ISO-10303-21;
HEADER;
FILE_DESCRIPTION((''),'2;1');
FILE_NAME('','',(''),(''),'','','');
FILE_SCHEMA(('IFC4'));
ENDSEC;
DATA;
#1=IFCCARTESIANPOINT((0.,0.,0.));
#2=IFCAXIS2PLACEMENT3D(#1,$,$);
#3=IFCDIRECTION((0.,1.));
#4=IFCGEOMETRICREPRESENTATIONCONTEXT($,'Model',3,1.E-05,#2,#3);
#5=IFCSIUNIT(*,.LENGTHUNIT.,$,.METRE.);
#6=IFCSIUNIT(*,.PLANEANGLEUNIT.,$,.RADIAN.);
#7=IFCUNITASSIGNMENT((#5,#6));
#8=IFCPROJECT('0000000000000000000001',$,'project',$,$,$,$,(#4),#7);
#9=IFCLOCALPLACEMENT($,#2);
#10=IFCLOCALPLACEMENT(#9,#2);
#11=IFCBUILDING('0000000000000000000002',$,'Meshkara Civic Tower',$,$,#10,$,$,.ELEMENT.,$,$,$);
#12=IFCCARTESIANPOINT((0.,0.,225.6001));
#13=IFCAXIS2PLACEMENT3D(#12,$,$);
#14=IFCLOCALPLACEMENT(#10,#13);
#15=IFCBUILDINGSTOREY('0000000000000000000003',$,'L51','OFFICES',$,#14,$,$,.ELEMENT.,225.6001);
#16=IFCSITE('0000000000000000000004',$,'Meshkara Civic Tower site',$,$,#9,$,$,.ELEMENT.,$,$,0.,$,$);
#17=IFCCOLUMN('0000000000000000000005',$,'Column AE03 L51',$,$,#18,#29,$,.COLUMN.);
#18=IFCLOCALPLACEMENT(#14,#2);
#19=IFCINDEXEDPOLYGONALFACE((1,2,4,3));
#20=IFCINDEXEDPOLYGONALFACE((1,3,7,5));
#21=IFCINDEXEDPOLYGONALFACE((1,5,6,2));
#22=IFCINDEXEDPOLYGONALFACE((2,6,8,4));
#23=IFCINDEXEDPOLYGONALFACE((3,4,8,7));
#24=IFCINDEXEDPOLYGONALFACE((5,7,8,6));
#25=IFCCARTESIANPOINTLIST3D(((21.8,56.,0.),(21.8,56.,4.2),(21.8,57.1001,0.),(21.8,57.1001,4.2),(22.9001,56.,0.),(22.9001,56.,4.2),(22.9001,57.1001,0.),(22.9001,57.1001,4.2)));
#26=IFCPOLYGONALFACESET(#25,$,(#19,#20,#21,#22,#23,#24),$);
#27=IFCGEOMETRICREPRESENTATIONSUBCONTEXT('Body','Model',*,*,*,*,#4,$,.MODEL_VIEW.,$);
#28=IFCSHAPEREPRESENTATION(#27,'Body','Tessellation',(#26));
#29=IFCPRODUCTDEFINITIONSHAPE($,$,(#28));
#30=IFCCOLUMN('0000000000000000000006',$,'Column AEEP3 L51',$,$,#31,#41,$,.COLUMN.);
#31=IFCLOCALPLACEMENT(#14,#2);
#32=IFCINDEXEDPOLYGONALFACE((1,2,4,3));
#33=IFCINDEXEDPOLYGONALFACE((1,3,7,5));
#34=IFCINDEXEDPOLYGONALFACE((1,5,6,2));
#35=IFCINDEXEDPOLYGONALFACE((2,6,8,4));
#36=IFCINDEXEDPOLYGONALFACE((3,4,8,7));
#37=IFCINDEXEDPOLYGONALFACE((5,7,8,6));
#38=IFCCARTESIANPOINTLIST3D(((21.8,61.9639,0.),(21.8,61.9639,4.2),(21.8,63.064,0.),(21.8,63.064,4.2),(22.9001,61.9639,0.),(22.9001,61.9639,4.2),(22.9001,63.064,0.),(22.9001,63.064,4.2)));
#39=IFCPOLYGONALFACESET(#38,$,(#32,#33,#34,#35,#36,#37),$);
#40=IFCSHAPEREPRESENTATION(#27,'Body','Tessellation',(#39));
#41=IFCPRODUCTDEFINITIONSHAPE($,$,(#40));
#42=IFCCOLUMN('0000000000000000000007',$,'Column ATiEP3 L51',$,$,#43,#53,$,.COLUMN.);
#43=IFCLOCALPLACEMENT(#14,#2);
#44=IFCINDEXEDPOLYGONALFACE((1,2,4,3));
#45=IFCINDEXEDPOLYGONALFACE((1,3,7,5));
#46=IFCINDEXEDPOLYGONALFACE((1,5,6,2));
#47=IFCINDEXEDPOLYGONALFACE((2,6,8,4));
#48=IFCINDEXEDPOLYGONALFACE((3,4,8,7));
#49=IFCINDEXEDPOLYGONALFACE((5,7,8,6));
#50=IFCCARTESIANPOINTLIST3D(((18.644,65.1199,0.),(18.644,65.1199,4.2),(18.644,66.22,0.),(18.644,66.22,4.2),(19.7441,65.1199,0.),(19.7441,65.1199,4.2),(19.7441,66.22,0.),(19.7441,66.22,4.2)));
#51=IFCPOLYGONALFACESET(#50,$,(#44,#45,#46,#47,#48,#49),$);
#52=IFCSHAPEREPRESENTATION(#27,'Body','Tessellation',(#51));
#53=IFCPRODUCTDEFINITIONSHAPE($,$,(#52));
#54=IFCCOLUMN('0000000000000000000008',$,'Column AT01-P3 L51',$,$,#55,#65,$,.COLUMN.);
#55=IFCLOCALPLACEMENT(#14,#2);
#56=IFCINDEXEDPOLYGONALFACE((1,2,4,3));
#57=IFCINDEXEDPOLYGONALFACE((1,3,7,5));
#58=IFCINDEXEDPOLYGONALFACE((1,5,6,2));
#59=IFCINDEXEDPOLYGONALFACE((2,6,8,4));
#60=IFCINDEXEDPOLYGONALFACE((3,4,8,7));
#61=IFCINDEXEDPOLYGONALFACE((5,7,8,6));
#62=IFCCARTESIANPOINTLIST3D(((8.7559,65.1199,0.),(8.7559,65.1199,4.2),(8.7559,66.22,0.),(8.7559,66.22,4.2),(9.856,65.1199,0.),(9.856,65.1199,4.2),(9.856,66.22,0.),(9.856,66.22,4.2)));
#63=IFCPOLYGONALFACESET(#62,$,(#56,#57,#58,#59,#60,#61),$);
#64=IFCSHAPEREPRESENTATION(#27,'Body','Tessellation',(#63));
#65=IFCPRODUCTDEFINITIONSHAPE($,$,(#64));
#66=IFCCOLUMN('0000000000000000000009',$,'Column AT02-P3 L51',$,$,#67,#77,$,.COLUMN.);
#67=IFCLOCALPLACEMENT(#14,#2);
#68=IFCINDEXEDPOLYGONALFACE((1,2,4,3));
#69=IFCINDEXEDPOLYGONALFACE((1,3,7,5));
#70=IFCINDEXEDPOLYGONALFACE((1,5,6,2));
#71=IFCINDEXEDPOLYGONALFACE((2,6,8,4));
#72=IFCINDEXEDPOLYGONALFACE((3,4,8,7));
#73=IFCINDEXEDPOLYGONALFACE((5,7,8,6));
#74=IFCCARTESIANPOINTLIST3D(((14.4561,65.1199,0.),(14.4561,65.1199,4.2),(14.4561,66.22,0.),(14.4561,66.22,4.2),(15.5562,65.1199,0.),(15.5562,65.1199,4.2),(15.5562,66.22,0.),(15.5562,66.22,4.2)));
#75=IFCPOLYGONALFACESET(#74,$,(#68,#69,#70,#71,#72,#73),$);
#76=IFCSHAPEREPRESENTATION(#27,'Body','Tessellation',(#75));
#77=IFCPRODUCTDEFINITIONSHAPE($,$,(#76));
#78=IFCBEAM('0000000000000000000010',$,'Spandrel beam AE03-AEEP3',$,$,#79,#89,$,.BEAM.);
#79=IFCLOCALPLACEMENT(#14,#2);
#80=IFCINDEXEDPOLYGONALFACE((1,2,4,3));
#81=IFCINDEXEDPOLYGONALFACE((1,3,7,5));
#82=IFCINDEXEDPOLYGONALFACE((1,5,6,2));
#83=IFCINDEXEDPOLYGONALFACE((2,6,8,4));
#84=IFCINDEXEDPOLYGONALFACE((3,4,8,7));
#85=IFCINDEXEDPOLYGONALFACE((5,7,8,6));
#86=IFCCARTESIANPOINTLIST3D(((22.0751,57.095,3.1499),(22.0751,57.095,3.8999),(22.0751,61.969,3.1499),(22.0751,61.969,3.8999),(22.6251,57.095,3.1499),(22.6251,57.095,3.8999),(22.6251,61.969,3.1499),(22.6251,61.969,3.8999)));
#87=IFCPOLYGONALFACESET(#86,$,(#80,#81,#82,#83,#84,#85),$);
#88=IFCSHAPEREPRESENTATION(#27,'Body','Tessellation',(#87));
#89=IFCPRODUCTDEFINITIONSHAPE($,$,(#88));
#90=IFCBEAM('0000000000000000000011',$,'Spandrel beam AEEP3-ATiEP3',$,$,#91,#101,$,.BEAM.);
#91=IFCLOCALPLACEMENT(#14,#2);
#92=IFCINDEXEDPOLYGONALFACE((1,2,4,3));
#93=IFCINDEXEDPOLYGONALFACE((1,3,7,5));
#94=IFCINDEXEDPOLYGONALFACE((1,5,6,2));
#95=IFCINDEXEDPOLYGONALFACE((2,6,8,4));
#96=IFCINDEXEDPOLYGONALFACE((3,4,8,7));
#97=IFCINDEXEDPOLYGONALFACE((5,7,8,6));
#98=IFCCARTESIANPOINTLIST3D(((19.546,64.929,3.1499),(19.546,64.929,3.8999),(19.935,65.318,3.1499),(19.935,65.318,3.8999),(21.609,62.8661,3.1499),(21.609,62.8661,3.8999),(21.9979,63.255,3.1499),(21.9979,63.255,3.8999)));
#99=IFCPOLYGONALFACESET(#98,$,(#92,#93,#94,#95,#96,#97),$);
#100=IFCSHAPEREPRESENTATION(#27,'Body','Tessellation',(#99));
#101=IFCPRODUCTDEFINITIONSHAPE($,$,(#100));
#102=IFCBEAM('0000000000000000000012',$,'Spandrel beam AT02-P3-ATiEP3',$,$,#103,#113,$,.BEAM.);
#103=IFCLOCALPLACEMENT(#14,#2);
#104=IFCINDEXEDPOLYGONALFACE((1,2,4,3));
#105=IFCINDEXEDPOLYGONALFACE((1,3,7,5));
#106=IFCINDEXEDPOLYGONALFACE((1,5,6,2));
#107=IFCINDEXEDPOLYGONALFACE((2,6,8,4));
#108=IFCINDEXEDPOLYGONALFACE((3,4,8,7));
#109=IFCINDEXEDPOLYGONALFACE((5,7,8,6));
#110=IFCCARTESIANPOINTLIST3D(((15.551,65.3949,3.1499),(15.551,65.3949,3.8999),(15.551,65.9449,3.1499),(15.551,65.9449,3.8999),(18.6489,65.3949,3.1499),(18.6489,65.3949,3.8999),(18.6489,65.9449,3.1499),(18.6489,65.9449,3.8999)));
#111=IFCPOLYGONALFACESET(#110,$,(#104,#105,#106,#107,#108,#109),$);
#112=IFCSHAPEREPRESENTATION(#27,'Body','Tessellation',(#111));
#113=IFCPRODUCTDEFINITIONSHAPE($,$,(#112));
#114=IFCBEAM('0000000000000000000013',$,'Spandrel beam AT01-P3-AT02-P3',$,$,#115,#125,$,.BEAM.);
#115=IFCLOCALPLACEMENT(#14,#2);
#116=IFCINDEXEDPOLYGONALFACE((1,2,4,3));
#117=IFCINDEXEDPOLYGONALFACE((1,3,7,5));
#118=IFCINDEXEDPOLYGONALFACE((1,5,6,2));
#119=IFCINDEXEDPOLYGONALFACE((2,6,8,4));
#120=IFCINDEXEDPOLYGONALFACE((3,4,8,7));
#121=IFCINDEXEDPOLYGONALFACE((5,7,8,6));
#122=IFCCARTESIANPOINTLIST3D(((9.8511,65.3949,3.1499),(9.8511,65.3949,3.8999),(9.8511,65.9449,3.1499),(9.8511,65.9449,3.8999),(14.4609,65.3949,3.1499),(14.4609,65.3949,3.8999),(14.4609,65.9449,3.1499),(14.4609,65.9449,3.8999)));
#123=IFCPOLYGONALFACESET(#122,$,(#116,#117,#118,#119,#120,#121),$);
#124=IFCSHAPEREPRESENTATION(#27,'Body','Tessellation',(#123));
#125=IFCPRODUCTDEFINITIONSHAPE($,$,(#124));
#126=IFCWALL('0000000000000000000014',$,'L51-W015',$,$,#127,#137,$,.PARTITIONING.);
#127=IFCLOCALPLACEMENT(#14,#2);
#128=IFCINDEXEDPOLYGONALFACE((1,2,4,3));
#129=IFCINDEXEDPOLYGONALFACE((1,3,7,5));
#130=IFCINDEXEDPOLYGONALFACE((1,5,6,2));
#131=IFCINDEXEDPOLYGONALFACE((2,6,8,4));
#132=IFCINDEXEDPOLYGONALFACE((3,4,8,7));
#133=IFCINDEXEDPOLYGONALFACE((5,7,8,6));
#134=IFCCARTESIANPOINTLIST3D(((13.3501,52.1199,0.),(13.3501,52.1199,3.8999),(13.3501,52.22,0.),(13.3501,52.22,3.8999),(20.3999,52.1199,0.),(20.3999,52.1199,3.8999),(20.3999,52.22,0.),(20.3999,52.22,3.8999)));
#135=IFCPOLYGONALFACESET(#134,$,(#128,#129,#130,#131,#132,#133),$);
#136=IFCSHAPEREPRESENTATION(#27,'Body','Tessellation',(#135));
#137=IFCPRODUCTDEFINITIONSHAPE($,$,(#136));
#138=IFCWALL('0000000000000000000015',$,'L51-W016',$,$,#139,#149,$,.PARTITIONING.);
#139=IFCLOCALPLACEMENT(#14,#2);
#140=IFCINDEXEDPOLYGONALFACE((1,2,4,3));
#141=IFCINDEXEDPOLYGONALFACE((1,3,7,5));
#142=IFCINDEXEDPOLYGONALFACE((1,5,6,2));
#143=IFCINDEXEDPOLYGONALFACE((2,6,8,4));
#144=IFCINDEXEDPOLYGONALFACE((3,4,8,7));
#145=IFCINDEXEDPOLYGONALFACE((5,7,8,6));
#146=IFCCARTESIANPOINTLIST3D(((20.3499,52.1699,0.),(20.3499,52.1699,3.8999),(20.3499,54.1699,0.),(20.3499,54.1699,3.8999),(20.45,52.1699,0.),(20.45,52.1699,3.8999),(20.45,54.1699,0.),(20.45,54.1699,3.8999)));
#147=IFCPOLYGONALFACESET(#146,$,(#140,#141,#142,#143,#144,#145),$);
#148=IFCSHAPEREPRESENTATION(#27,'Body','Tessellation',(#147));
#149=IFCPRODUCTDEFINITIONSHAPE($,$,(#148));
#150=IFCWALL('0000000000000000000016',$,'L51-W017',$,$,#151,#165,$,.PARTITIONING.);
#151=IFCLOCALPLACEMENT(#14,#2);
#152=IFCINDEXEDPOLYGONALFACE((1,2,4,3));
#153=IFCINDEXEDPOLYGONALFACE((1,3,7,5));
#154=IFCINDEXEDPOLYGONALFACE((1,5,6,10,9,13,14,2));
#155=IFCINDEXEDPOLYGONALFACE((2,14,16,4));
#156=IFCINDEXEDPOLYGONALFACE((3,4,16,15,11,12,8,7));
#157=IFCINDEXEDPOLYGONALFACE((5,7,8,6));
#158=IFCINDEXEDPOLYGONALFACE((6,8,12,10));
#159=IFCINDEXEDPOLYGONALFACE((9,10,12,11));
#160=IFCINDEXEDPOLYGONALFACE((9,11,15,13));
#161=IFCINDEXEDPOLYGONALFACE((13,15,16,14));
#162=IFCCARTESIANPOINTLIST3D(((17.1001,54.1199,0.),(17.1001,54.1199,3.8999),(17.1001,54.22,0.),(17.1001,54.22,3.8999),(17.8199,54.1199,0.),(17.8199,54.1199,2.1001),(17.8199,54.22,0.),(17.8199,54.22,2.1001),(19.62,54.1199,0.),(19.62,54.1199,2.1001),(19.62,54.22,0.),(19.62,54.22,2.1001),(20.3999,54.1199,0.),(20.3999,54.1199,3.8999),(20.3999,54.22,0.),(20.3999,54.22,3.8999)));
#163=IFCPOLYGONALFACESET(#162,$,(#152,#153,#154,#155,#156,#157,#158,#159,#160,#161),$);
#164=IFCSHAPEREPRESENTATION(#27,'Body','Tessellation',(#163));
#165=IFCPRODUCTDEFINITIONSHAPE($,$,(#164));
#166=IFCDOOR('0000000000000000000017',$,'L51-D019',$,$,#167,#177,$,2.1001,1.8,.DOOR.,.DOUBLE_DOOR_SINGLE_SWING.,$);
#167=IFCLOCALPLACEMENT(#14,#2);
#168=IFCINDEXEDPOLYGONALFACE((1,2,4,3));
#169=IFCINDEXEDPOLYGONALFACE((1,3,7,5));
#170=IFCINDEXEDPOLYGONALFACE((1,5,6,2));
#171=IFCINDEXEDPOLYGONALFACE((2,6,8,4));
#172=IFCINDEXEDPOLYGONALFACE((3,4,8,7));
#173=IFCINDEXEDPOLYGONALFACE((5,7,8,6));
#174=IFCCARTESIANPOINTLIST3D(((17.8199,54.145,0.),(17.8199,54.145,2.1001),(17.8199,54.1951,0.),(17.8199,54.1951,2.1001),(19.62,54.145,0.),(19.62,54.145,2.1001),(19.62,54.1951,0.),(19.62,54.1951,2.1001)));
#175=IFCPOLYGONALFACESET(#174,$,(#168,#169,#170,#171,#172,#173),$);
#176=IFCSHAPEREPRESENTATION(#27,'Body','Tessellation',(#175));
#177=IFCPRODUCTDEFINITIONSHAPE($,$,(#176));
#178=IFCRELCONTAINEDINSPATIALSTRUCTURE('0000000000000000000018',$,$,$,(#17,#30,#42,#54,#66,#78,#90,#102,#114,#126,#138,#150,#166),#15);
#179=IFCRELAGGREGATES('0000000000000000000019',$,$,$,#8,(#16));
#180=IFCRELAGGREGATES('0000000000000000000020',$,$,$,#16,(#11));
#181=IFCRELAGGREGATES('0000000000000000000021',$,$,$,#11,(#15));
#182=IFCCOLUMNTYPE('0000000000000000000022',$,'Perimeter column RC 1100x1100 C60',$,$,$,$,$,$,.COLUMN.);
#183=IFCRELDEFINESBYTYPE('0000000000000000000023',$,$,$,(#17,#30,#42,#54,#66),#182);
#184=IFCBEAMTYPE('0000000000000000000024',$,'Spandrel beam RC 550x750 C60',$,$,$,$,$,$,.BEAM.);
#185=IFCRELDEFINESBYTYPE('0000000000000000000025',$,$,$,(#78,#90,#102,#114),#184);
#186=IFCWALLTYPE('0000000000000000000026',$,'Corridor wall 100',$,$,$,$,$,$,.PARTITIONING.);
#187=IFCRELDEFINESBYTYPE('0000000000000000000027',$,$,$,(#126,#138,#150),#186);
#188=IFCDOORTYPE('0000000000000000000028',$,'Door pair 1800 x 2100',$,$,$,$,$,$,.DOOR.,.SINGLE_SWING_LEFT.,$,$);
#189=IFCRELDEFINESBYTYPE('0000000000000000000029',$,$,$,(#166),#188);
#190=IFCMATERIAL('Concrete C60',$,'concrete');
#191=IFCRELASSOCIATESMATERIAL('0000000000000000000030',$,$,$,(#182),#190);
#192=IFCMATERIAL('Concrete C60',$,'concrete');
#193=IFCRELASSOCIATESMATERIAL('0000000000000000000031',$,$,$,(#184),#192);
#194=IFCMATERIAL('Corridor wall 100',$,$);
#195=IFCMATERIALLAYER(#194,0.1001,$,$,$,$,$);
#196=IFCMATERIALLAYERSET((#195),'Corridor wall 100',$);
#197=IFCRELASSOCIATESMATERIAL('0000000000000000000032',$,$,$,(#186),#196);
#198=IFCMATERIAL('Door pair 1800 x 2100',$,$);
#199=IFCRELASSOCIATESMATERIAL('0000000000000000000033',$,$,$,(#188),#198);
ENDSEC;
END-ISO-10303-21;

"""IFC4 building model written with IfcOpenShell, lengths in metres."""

from ifc_helpers import new_model, si_unit, direction, frame, frame_2d, origin, origin_2d, place, context, subcontext, project, spatial, rectangle, extrude, material, layer, layer_set, material_profile, profile_set, type_object, element, fill, save


model = new_model("IFC4")

# Units and contexts
model_context = context("Model", 3, precision=1e-05, world=origin(), true_north=direction((0.0, 1.0)))
body_context = subcontext(model_context, "Body", "Model", "MODEL_VIEW")
ifc_project = project(units=[si_unit("LENGTHUNIT", "METRE"), si_unit("PLANEANGLEUNIT", "RADIAN")], contexts=[model_context])

# Site, building, storey
site_placement = place(None, origin())
site = spatial("IfcSite", under=ifc_project, at=site_placement, Name="Meshkara Civic Tower site", CompositionType="ELEMENT", RefElevation=0.0)
building_placement = place(site_placement, origin())
building = spatial("IfcBuilding", under=site, at=building_placement, Name="Meshkara Civic Tower", CompositionType="ELEMENT")
storey_placement = place(building_placement, frame((0.0, 0.0, 225.6001)))
storey = spatial("IfcBuildingStorey", under=building, at=storey_placement, Name="L51", Description="OFFICES", CompositionType="ELEMENT", Elevation=225.6001)

# Columns
ifc_material_1 = material(Name="Concrete C60", Category="concrete")
ifc_material_profile_1 = material_profile(ifc_material_1, rectangle(XDim=1.1001, YDim=1.1001, at=origin_2d()))
ifc_profile_set_1 = profile_set([ifc_material_profile_1], Name="Concrete C60")
column_type = type_object("IfcColumnType", Name="Perimeter column RC 1100x1100 C60", PredefinedType="COLUMN", material=ifc_profile_set_1)
for number, where, z_axis, x_axis, name in (
    (1, (22.3501, 56.55, 0.0), (0.0, 0.0, 1.0), (1.0, 0.0, 0.0), "Column AE03 L51"),
    (2, (22.3501, 62.5139, 0.0), (0.0, 0.0, 1.0), (1.0, 0.0, 0.0), "Column AEEP3 L51"),
    (3, (19.1941, 65.6699, 0.0), (0.0, 0.0, 1.0), (1.0, 0.0, 0.0), "Column ATiEP3 L51"),
    (4, (9.3059, 65.6699, 0.0), (0.0, 0.0, 1.0), (1.0, 0.0, 0.0), "Column AT01-P3 L51"),
    (5, (15.0061, 65.6699, 0.0), (0.0, 0.0, 1.0), (1.0, 0.0, 0.0), "Column AT02-P3 L51"),
):
    element("IfcColumn", number, at=place(storey_placement, frame(where, z_axis=z_axis, x_axis=x_axis)), inside=storey, type_object=column_type, Name=name, PredefinedType="COLUMN", context=body_context, shape_type="SweptSolid", body=[
        extrude(rectangle(XDim=1.1001, YDim=1.1001, at=origin_2d()), origin(), (0.0, 0.0, 1.0), 4.2),
    ])

# Beams
ifc_material_2 = material(Name="Concrete C60", Category="concrete")
ifc_material_profile_2 = material_profile(ifc_material_2, rectangle(XDim=0.55, YDim=0.75, at=origin_2d()))
ifc_profile_set_2 = profile_set([ifc_material_profile_2], Name="Concrete C60")
beam_type = type_object("IfcBeamType", Name="Spandrel beam RC 550x750 C60", PredefinedType="BEAM", material=ifc_profile_set_2)
beam_1_placement = place(storey_placement, frame((22.3501, 57.095, 3.5249), z_axis=(0.0, 1.0, 0.0), x_axis=(-1.0, 0.0, 0.0)))
element("IfcBeam", 6, at=beam_1_placement, inside=storey, type_object=beam_type, Name="Spandrel beam AE03-AEEP3", PredefinedType="BEAM", context=body_context, shape_type="SweptSolid", body=[
    extrude(rectangle(XDim=0.55, YDim=0.75, at=origin_2d()), origin(), (0.0, 0.0, 1.0), 4.874),
])
beam_2_placement = place(storey_placement, frame((21.8035, 63.0605, 3.5249), z_axis=(-0.707107, 0.707107, 0.0), x_axis=(-0.707107, -0.707107, 0.0)))
element("IfcBeam", 7, at=beam_2_placement, inside=storey, type_object=beam_type, Name="Spandrel beam AEEP3-ATiEP3", PredefinedType="BEAM", context=body_context, shape_type="SweptSolid", body=[
    extrude(rectangle(XDim=0.55, YDim=0.75, at=origin_2d()), origin(), (0.0, 0.0, 1.0), 2.9175),
])
beam_3_placement = place(storey_placement, frame((18.6489, 65.6699, 3.5249), z_axis=(-1.0, 0.0, 0.0), x_axis=(0.0, -1.0, 0.0)))
element("IfcBeam", 8, at=beam_3_placement, inside=storey, type_object=beam_type, Name="Spandrel beam AT02-P3-ATiEP3", PredefinedType="BEAM", context=body_context, shape_type="SweptSolid", body=[
    extrude(rectangle(XDim=0.55, YDim=0.75, at=origin_2d()), origin(), (0.0, 0.0, 1.0), 3.0979),
])
beam_4_placement = place(storey_placement, frame((14.4609, 65.6699, 3.5249), z_axis=(-1.0, 0.0, 0.0), x_axis=(0.0, -1.0, 0.0)))
element("IfcBeam", 9, at=beam_4_placement, inside=storey, type_object=beam_type, Name="Spandrel beam AT01-P3-AT02-P3", PredefinedType="BEAM", context=body_context, shape_type="SweptSolid", body=[
    extrude(rectangle(XDim=0.55, YDim=0.75, at=origin_2d()), origin(), (0.0, 0.0, 1.0), 4.6099),
])

# Walls
ifc_material_3 = material(Name="Corridor wall 100")
ifc_layer_1 = layer(ifc_material_3, 0.1001)
ifc_layer_set_1 = layer_set([ifc_layer_1], Name="Corridor wall 100")
wall_type_1 = type_object("IfcWallType", Name="Corridor wall 100", PredefinedType="PARTITIONING", material=ifc_layer_set_1)
wall_1_placement = place(storey_placement, frame((13.3501, 52.1699, 0.0), z_axis=(0.0, 0.0, 1.0), x_axis=(1.0, 0.0, 0.0)))
element("IfcWall", 10, at=wall_1_placement, inside=storey, type_object=wall_type_1, Name="L51-W015", PredefinedType="PARTITIONING", context=body_context, shape_type="SweptSolid", body=[
    extrude(rectangle(XDim=7.0498, YDim=0.1001, at=frame_2d((3.5249, 0.0))), origin(), (0.0, 0.0, 1.0), 3.8999),
])
wall_2_placement = place(storey_placement, frame((20.3999, 52.1699, 0.0), z_axis=(0.0, 0.0, 1.0), x_axis=(0.0, 1.0, 0.0)))
element("IfcWall", 11, at=wall_2_placement, inside=storey, type_object=wall_type_1, Name="L51-W016", PredefinedType="PARTITIONING", context=body_context, shape_type="SweptSolid", body=[
    extrude(rectangle(XDim=2.0, YDim=0.1001, at=frame_2d((1.0, 0.0))), origin(), (0.0, 0.0, 1.0), 3.8999),
])

# Wall, opening, door
wall_3_placement = place(storey_placement, frame((20.3999, 54.1699, 0.0), z_axis=(0.0, 0.0, 1.0), x_axis=(-1.0, 0.0, 0.0)))
wall_3 = element("IfcWall", 12, at=wall_3_placement, inside=storey, type_object=wall_type_1, Name="L51-W017", PredefinedType="PARTITIONING", context=body_context, shape_type="SweptSolid", body=[
    extrude(rectangle(XDim=3.2998, YDim=0.1001, at=frame_2d((1.6499, 0.0))), origin(), (0.0, 0.0, 1.0), 3.8999),
])
opening_1_placement = place(wall_3_placement, frame((0.78, 0.0, 0.0)))
opening_1 = element("IfcOpeningElement", 13, at=opening_1_placement, cuts=wall_3, PredefinedType="OPENING", context=body_context, shape_type="SweptSolid", body=[
    extrude(rectangle(XDim=1.8, YDim=2.1001, at=frame_2d((0.8999, 1.05))), frame((0.0, 0.0601, 0.0), z_axis=(0.0, -1.0, 0.0), x_axis=(1.0, 0.0, 0.0)), (0.0, 0.0, 1.0), 0.1201),
])
ifc_material_4 = material(Name="Door pair 1800 x 2100")
door_type_1 = type_object("IfcDoorType", Name="Door pair 1800 x 2100", OperationType="SINGLE_SWING_LEFT", PredefinedType="DOOR", material=ifc_material_4)
door_1_placement = place(opening_1_placement, origin())
door_1 = element("IfcDoor", 14, at=door_1_placement, inside=storey, type_object=door_type_1, Name="L51-D019", OperationType="DOUBLE_DOOR_SINGLE_SWING", OverallHeight=2.1001, OverallWidth=1.8, PredefinedType="DOOR", context=body_context, shape_type="SweptSolid", body=[
    extrude(rectangle(XDim=1.8, YDim=2.1001, at=frame_2d((0.8999, 1.05))), frame((0.0, 0.0249, 0.0), z_axis=(0.0, -1.0, 0.0), x_axis=(1.0, 0.0, 0.0)), (0.0, 0.0, 1.0), 0.05),
])
fill(opening_1, door_1)

save(model, "model.ifc")
